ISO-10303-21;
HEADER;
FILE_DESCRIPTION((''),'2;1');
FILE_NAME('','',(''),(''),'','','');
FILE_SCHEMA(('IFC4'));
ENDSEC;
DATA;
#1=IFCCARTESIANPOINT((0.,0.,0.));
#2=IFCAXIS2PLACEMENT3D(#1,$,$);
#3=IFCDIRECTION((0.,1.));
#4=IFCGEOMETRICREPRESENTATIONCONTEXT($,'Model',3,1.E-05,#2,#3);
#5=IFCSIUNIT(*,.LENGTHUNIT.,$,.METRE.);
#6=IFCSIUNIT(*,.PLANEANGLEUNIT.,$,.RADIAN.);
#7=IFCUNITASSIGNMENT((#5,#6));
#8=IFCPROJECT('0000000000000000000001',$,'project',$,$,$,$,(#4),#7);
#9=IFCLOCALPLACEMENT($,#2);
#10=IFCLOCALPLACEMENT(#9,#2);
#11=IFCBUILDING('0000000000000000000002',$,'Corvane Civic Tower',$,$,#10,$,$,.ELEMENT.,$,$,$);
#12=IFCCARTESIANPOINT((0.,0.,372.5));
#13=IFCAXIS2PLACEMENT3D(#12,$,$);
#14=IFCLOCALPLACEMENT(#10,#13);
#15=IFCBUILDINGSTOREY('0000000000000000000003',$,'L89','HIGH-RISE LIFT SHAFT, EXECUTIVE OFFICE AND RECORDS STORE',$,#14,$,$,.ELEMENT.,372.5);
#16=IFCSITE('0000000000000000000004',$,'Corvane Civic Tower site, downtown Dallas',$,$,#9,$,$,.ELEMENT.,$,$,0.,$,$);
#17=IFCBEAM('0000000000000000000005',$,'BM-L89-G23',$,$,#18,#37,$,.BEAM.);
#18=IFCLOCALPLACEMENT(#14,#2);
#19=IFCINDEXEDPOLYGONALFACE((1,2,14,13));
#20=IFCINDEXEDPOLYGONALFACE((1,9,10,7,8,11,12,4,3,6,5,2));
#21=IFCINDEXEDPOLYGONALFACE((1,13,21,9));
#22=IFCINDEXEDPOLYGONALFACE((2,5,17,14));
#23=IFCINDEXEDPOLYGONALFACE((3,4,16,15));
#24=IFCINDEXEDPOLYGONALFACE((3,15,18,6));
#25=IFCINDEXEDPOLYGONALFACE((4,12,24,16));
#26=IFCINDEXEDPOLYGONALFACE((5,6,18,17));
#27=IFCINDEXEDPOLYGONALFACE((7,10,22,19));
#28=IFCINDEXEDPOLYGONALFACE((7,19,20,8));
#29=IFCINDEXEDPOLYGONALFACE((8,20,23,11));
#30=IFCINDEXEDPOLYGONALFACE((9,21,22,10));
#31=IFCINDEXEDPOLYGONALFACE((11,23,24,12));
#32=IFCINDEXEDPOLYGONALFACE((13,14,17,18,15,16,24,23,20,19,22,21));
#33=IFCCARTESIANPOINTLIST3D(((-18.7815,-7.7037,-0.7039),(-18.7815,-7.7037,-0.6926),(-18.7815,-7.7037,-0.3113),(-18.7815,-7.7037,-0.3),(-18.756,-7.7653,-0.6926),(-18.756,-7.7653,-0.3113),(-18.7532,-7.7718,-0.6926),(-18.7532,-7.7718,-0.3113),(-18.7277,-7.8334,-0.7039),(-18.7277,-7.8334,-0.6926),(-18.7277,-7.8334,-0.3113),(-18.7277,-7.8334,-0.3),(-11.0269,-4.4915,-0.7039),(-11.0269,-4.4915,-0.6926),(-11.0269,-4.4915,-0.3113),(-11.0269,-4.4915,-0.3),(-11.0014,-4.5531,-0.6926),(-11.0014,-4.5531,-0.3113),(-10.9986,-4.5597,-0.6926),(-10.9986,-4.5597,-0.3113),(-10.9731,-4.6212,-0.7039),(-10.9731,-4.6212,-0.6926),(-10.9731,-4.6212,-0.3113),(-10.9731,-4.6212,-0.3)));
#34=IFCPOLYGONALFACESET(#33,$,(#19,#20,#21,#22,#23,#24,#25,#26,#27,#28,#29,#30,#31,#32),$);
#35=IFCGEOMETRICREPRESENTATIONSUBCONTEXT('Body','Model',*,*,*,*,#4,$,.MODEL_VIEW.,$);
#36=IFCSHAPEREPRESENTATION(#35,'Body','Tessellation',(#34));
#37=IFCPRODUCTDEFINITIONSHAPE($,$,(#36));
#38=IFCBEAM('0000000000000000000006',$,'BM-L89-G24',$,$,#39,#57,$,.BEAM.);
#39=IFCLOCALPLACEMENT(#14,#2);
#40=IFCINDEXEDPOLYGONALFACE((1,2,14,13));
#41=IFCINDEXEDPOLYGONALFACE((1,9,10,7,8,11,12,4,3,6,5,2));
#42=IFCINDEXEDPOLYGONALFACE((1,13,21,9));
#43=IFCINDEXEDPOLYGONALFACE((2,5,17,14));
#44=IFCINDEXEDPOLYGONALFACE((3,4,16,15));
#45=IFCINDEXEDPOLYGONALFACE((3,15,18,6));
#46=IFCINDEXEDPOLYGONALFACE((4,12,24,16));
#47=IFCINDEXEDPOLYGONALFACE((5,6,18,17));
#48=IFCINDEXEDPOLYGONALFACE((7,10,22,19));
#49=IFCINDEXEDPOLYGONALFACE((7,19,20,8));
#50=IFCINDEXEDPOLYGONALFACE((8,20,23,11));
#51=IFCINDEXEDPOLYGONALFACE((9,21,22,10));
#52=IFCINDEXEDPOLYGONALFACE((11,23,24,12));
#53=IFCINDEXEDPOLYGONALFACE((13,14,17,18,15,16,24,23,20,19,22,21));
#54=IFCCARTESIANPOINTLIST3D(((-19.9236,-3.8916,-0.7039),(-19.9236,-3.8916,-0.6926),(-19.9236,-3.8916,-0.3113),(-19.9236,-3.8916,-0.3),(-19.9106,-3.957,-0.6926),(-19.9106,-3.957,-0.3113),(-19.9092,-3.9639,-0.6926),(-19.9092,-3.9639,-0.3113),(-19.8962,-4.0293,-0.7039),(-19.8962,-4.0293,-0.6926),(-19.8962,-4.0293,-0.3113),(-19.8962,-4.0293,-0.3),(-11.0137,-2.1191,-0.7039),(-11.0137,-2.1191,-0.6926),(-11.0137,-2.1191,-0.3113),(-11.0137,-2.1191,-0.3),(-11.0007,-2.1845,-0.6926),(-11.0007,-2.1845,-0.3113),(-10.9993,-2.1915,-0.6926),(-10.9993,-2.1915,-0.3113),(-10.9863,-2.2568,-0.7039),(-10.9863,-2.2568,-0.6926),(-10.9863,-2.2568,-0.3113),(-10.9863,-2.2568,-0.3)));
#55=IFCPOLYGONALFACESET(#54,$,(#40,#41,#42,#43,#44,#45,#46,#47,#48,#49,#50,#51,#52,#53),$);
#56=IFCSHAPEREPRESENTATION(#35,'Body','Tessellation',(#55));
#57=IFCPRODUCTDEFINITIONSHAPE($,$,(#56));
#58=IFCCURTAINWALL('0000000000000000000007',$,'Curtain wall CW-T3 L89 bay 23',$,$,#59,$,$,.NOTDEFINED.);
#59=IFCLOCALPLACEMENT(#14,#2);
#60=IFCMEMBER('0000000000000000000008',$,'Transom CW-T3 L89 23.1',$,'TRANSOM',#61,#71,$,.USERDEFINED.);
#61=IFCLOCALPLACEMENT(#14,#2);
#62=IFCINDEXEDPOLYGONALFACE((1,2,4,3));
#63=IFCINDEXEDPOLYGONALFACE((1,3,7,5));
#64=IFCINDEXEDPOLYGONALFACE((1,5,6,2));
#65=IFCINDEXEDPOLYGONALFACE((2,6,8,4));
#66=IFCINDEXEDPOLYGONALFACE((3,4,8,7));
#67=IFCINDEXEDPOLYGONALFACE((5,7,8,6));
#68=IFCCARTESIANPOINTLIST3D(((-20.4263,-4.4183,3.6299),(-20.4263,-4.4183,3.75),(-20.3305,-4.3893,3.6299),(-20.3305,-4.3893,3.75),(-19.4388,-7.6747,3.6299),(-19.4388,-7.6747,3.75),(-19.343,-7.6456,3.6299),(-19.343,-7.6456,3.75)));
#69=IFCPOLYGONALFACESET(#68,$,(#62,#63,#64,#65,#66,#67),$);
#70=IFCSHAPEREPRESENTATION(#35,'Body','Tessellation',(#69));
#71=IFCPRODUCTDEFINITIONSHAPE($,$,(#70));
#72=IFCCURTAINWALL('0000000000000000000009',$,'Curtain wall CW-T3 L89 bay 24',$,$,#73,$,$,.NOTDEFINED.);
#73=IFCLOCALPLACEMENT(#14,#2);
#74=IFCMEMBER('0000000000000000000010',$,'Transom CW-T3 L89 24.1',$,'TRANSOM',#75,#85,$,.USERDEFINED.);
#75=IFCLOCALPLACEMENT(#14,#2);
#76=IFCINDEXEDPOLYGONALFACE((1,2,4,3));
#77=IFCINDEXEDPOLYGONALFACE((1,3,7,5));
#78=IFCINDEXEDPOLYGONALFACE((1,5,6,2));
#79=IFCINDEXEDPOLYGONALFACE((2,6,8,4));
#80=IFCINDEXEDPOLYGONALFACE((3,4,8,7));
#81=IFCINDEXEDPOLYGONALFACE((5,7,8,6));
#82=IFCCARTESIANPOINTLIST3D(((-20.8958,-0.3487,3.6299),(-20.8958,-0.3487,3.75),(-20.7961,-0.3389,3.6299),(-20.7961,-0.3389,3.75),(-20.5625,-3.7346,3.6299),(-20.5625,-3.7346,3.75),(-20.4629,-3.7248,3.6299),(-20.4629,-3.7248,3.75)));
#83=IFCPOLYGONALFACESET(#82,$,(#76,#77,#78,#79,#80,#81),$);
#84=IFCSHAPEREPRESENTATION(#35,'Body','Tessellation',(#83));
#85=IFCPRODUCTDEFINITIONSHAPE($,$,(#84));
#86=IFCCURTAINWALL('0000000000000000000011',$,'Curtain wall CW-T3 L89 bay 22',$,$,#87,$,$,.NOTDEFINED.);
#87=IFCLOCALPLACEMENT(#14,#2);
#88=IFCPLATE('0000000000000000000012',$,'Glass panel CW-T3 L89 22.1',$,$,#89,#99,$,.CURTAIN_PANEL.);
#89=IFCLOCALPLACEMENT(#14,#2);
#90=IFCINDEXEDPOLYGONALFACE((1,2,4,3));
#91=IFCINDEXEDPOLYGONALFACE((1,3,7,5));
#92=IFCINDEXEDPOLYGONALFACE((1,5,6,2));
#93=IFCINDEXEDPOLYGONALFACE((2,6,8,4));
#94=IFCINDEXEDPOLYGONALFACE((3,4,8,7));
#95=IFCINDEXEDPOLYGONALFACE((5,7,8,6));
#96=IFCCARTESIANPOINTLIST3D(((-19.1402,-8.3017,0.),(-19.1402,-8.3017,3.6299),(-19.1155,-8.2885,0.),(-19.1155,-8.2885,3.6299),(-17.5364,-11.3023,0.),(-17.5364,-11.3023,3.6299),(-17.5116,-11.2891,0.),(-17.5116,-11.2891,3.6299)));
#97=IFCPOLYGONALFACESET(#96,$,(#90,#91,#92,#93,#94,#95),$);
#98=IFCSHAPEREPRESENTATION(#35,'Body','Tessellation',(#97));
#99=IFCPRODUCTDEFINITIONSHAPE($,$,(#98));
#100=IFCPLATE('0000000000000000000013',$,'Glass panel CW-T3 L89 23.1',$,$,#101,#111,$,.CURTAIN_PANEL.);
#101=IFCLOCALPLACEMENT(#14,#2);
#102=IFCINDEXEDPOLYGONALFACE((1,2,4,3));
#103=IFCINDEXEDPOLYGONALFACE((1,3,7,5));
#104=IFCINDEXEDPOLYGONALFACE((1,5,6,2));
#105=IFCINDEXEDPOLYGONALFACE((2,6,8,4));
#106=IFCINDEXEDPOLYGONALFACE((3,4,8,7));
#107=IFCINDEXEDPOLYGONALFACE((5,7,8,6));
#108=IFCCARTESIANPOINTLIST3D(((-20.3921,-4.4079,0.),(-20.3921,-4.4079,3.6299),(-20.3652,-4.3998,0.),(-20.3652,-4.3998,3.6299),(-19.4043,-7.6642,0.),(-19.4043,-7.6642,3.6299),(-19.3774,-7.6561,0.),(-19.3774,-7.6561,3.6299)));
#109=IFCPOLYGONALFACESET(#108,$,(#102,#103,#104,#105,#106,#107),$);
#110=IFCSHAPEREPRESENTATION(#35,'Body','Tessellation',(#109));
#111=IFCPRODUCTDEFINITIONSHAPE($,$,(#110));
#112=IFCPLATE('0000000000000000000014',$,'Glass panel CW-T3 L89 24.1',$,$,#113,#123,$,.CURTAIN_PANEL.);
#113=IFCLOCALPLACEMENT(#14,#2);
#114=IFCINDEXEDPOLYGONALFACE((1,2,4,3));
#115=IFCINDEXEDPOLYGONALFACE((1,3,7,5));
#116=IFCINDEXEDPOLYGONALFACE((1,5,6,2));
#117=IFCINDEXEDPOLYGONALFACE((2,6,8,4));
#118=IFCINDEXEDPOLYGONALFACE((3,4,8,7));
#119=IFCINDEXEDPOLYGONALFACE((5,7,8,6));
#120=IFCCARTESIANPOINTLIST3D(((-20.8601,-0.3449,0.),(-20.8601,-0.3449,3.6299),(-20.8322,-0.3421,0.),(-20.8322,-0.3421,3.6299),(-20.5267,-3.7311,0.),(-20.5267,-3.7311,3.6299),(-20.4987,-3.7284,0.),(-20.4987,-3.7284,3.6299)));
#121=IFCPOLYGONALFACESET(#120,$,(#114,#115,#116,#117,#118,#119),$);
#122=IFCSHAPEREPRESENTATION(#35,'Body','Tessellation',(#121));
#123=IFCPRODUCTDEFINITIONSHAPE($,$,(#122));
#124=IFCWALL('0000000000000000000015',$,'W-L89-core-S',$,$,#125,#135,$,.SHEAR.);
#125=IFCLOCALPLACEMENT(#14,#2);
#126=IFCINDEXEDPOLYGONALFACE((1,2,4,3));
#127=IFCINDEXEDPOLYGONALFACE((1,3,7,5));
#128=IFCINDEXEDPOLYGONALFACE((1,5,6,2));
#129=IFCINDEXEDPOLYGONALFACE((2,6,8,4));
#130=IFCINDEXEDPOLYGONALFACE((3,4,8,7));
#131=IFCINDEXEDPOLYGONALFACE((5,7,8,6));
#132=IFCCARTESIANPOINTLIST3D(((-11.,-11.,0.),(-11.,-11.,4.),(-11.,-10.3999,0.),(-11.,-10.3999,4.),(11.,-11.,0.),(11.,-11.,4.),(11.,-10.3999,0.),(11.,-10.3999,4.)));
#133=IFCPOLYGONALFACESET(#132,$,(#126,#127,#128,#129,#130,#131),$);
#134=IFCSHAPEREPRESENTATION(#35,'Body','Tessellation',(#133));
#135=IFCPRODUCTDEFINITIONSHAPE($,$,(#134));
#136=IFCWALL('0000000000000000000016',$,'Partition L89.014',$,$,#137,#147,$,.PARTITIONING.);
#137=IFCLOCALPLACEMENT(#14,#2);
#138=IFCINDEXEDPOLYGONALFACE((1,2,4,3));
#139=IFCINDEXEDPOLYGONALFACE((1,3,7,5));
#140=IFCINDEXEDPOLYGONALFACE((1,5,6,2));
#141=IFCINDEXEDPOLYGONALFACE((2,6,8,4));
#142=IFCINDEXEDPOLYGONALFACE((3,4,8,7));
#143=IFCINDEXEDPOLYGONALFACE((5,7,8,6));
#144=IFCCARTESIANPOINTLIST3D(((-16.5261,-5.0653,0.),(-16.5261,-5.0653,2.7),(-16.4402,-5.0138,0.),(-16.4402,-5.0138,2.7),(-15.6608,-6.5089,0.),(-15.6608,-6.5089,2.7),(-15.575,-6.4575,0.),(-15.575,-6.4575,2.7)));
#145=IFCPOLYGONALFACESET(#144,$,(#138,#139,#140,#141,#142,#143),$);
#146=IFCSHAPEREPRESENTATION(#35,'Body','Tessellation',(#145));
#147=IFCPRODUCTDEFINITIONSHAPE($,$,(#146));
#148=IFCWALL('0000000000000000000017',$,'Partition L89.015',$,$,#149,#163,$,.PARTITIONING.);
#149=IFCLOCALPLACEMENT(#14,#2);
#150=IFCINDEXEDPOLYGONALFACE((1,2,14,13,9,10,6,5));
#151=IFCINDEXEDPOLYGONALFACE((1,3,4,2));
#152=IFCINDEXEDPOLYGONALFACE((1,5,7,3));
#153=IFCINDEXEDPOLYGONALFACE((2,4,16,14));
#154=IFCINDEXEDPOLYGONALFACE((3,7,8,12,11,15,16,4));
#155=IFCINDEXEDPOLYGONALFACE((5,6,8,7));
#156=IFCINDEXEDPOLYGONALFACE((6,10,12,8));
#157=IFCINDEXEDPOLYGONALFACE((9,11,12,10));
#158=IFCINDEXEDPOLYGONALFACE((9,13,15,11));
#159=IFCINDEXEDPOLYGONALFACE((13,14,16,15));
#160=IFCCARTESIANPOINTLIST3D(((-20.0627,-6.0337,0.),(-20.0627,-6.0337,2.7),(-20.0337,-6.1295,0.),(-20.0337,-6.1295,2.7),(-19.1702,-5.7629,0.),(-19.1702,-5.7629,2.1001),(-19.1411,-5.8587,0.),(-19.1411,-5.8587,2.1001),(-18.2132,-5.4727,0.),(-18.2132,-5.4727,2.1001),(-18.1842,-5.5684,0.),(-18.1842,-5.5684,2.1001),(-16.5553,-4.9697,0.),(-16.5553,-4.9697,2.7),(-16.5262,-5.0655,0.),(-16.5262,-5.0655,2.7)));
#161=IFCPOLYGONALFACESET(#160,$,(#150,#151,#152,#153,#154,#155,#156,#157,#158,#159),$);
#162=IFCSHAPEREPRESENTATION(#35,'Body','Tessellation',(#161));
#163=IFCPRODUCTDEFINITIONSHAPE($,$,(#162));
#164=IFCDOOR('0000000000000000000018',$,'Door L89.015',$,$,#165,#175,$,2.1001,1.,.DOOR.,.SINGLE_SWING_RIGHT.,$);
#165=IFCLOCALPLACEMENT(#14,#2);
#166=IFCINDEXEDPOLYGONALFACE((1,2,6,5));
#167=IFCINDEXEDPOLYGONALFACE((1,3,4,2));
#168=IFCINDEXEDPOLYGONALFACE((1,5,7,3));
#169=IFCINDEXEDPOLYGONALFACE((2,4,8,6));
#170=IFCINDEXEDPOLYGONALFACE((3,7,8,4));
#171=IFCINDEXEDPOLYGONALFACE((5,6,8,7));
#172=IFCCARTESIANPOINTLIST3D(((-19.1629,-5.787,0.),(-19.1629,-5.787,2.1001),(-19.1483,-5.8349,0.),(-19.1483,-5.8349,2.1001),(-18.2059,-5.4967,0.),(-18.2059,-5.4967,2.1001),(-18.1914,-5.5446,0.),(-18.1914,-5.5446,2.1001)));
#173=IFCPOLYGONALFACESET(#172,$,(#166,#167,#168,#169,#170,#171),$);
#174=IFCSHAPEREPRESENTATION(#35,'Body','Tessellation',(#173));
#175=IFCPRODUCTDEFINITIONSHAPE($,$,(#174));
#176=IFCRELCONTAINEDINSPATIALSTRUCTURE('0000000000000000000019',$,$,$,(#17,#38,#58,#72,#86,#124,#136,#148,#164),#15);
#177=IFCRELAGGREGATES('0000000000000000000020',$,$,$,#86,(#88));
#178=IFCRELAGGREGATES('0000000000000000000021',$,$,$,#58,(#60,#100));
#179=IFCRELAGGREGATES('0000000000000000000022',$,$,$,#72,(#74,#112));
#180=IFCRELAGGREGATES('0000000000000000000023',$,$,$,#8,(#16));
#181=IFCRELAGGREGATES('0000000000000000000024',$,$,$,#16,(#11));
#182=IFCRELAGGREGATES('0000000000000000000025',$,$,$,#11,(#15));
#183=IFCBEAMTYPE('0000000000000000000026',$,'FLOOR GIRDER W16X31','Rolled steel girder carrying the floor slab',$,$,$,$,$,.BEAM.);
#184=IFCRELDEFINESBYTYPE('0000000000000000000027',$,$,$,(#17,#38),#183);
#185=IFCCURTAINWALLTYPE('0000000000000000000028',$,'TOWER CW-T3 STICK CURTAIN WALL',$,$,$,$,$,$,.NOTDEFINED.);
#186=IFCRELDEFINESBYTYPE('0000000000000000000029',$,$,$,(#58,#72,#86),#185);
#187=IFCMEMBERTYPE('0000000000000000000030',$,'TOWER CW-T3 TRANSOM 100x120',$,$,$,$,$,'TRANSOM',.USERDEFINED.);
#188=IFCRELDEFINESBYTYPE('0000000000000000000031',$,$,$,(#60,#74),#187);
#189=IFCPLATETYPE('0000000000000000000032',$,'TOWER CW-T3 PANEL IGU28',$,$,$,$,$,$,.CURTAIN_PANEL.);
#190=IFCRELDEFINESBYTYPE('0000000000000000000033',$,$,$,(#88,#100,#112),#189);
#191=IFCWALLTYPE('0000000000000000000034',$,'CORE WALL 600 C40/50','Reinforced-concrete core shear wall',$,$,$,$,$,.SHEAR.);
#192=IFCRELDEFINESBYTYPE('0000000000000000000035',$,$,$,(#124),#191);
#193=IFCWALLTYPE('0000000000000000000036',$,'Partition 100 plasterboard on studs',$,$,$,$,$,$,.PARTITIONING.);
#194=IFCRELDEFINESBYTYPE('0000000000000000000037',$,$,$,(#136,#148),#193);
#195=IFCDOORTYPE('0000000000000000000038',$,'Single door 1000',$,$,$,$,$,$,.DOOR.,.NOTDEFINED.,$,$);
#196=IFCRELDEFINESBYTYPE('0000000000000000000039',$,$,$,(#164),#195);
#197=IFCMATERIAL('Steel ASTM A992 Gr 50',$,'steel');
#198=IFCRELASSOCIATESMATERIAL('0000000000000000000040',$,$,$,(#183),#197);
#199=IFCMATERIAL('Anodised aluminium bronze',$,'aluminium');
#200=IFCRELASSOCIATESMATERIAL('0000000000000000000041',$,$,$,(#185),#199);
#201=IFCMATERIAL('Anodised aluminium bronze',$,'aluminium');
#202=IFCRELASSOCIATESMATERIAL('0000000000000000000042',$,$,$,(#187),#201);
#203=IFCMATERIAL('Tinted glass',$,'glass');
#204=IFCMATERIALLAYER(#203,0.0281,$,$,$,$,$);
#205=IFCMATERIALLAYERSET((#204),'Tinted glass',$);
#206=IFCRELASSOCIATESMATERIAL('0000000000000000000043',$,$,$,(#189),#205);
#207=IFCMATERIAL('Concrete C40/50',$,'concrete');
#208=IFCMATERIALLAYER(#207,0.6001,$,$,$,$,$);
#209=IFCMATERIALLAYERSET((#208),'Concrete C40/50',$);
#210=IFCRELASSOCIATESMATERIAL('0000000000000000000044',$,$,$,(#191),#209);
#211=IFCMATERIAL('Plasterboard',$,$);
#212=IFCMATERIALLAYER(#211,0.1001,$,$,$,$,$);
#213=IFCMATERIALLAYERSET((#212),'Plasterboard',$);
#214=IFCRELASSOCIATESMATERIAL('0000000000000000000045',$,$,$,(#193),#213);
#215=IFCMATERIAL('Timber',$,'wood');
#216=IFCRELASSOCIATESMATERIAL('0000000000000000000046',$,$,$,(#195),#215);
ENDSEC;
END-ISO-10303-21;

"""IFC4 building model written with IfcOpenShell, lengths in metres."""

from ifc_helpers import new_model, si_unit, direction, frame, frame_2d, origin, origin_2d, place, context, subcontext, project, spatial, rectangle, i_section, extrude, material, layer, layer_set, material_profile, profile_set, type_object, element, fill, aggregate, save


model = new_model("IFC4")

# Units and contexts
model_context = context("Model", 3, precision=1e-05, world=origin(), true_north=direction((0.0, 1.0)))
body_context = subcontext(model_context, "Body", "Model", "MODEL_VIEW")
ifc_project = project(units=[si_unit("LENGTHUNIT", "METRE"), si_unit("PLANEANGLEUNIT", "RADIAN")], contexts=[model_context])

# Site, building, storey
site_placement = place(None, origin())
site = spatial("IfcSite", under=ifc_project, at=site_placement, Name="Corvane Civic Tower site, downtown Dallas", CompositionType="ELEMENT", RefElevation=0.0)
building_placement = place(site_placement, origin())
building = spatial("IfcBuilding", under=site, at=building_placement, Name="Corvane Civic Tower", CompositionType="ELEMENT")
storey_placement = place(building_placement, frame((0.0, 0.0, 372.5)))
storey = spatial("IfcBuildingStorey", under=building, at=storey_placement, Name="L89", Description="HIGH-RISE LIFT SHAFT, EXECUTIVE OFFICE AND RECORDS STORE", CompositionType="ELEMENT", Elevation=372.5)

# Beams
ifc_material_1 = material(Name="Steel ASTM A992 Gr 50", Category="steel")
ifc_material_profile_1 = material_profile(ifc_material_1, i_section(OverallWidth=0.1404, OverallDepth=0.4038, WebThickness=0.0071, FlangeThickness=0.0112, at=origin_2d()), Name="W16X31")
ifc_profile_set_1 = profile_set([ifc_material_profile_1], Name="Steel ASTM A992 Gr 50")
beam_type_1 = type_object("IfcBeamType", Name="FLOOR GIRDER W16X31", Description="Rolled steel girder carrying the floor slab", PredefinedType="BEAM", material=ifc_profile_set_1)
beam_1_placement = place(storey_placement, frame((-11.0, -4.5564, -0.502), z_axis=(-0.923876, -0.382692, 0.0), x_axis=(0.382692, -0.923876, 0.0)))
element("IfcBeam", 1, at=beam_1_placement, inside=storey, type_object=beam_type_1, Name="BM-L89-G23", PredefinedType="BEAM", context=body_context, shape_type="SweptSolid", body=[
    extrude(i_section(OverallWidth=0.1404, OverallDepth=0.4038, WebThickness=0.0071, FlangeThickness=0.0112, at=origin_2d()), origin(), (0.0, 0.0, 1.0), 8.3936),
])
beam_2_placement = place(storey_placement, frame((-11.0, -2.188, -0.502), z_axis=(-0.980782, -0.195108, 0.0), x_axis=(0.195108, -0.980782, 0.0)))
element("IfcBeam", 2, at=beam_2_placement, inside=storey, type_object=beam_type_1, Name="BM-L89-G24", PredefinedType="BEAM", context=body_context, shape_type="SweptSolid", body=[
    extrude(i_section(OverallWidth=0.1404, OverallDepth=0.4038, WebThickness=0.0071, FlangeThickness=0.0112, at=origin_2d()), origin(), (0.0, 0.0, 1.0), 9.0845),
])

# Curtain walls, members
ifc_material_2 = material(Name="Anodised aluminium bronze", Category="aluminium")
curtain_wall_type = type_object("IfcCurtainWallType", Name="TOWER CW-T3 STICK CURTAIN WALL", PredefinedType="NOTDEFINED", material=ifc_material_2)
curtain_wall_1_placement = place(storey_placement, origin())
curtain_wall_1 = element("IfcCurtainWall", 3, at=curtain_wall_1_placement, inside=storey, type_object=curtain_wall_type, Name="Curtain wall CW-T3 L89 bay 23", PredefinedType="NOTDEFINED")
ifc_material_3 = material(Name="Anodised aluminium bronze", Category="aluminium")
ifc_material_profile_2 = material_profile(ifc_material_3, rectangle(XDim=0.1001, YDim=0.1201, at=origin_2d()), Name="TOWER CW-T3 TRANSOM 100x120")
ifc_profile_set_2 = profile_set([ifc_material_profile_2], Name="Anodised aluminium bronze")
member_type = type_object("IfcMemberType", Name="TOWER CW-T3 TRANSOM 100x120", ElementType="TRANSOM", PredefinedType="USERDEFINED", material=ifc_profile_set_2)
member_1_placement = place(storey_placement, frame((-19.3909, -7.6602, 3.6899), z_axis=(-0.290216, 0.956961, 0.0), x_axis=(-0.956961, -0.290216, 0.0)))
member_1 = element("IfcMember", 4, at=member_1_placement, type_object=member_type, Name="Transom CW-T3 L89 23.1", ObjectType="TRANSOM", PredefinedType="USERDEFINED", context=body_context, shape_type="SweptSolid", body=[
    extrude(rectangle(XDim=0.1001, YDim=0.1201, at=origin_2d()), origin(), (0.0, 0.0, 1.0), 3.4028),
])
curtain_wall_2_placement = place(storey_placement, origin())
curtain_wall_2 = element("IfcCurtainWall", 5, at=curtain_wall_2_placement, inside=storey, type_object=curtain_wall_type, Name="Curtain wall CW-T3 L89 bay 24", PredefinedType="NOTDEFINED")
member_2_placement = place(storey_placement, frame((-20.5127, -3.7297, 3.6899), z_axis=(-0.097948, 0.995192, 0.0), x_axis=(-0.995192, -0.097948, 0.0)))
member_2 = element("IfcMember", 6, at=member_2_placement, type_object=member_type, Name="Transom CW-T3 L89 24.1", ObjectType="TRANSOM", PredefinedType="USERDEFINED", context=body_context, shape_type="SweptSolid", body=[
    extrude(rectangle(XDim=0.1001, YDim=0.1201, at=origin_2d()), origin(), (0.0, 0.0, 1.0), 3.4023),
])

# Curtain wall, plate
curtain_wall_3_placement = place(storey_placement, origin())
curtain_wall_3 = element("IfcCurtainWall", 7, at=curtain_wall_3_placement, inside=storey, type_object=curtain_wall_type, Name="Curtain wall CW-T3 L89 bay 22", PredefinedType="NOTDEFINED")
ifc_material_4 = material(Name="Tinted glass", Category="glass")
ifc_layer_1 = layer(ifc_material_4, 0.0281)
ifc_layer_set_1 = layer_set([ifc_layer_1], Name="Tinted glass")
plate_type = type_object("IfcPlateType", Name="TOWER CW-T3 PANEL IGU28", PredefinedType="CURTAIN_PANEL", material=ifc_layer_set_1)
plate_1_placement = place(storey_placement, frame((-18.3259, -9.7954, 0.0), z_axis=(0.0, 0.0, 1.0), x_axis=(-0.471384, 0.881928, 0.0)))
plate_1 = element("IfcPlate", 8, at=plate_1_placement, type_object=plate_type, Name="Glass panel CW-T3 L89 22.1", PredefinedType="CURTAIN_PANEL", context=body_context, shape_type="SweptSolid", body=[
    extrude(rectangle(XDim=3.4023, YDim=0.0281, at=origin_2d()), origin(), (0.0, 0.0, 1.0), 3.6299),
])
aggregate(curtain_wall_3, [plate_1])

# Plates
plate_2_placement = place(storey_placement, frame((-19.8848, -6.032, 0.0), z_axis=(0.0, 0.0, 1.0), x_axis=(-0.29029, 0.956939, 0.0)))
plate_2 = element("IfcPlate", 9, at=plate_2_placement, type_object=plate_type, Name="Glass panel CW-T3 L89 23.1", PredefinedType="CURTAIN_PANEL", context=body_context, shape_type="SweptSolid", body=[
    extrude(rectangle(XDim=3.4028, YDim=0.0281, at=origin_2d()), origin(), (0.0, 0.0, 1.0), 3.6299),
])
aggregate(curtain_wall_1, [member_1, plate_2])
plate_3_placement = place(storey_placement, frame((-20.6794, -2.0366, 0.0), z_axis=(0.0, 0.0, 1.0), x_axis=(-0.097998, 0.995187, 0.0)))
plate_3 = element("IfcPlate", 10, at=plate_3_placement, type_object=plate_type, Name="Glass panel CW-T3 L89 24.1", PredefinedType="CURTAIN_PANEL", context=body_context, shape_type="SweptSolid", body=[
    extrude(rectangle(XDim=3.4026, YDim=0.0281, at=origin_2d()), origin(), (0.0, 0.0, 1.0), 3.6299),
])
aggregate(curtain_wall_2, [member_2, plate_3])

# Walls
ifc_material_5 = material(Name="Concrete C40/50", Category="concrete")
ifc_layer_2 = layer(ifc_material_5, 0.6001)
ifc_layer_set_2 = layer_set([ifc_layer_2], Name="Concrete C40/50")
wall_type_1 = type_object("IfcWallType", Name="CORE WALL 600 C40/50", Description="Reinforced-concrete core shear wall", PredefinedType="SHEAR", material=ifc_layer_set_2)
wall_1_placement = place(storey_placement, frame((-11.0, -10.7, 0.0), z_axis=(0.0, 0.0, 1.0), x_axis=(1.0, 0.0, 0.0)))
element("IfcWall", 11, at=wall_1_placement, inside=storey, type_object=wall_type_1, Name="W-L89-core-S", PredefinedType="SHEAR", context=body_context, shape_type="SweptSolid", body=[
    extrude(rectangle(XDim=22.0, YDim=0.6001, at=frame_2d((11.0, 0.0))), origin(), (0.0, 0.0, 1.0), 4.0),
])
ifc_material_6 = material(Name="Plasterboard")
ifc_layer_3 = layer(ifc_material_6, 0.1001)
ifc_layer_set_3 = layer_set([ifc_layer_3], Name="Plasterboard")
wall_type_2 = type_object("IfcWallType", Name="Partition 100 plasterboard on studs", PredefinedType="PARTITIONING", material=ifc_layer_set_3)
wall_2_placement = place(storey_placement, frame((-16.4832, -5.0396, 0.0), z_axis=(0.0, 0.0, 1.0), x_axis=(0.51409, -0.857736, 0.0)))
element("IfcWall", 12, at=wall_2_placement, inside=storey, type_object=wall_type_2, Name="Partition L89.014", PredefinedType="PARTITIONING", context=body_context, shape_type="SweptSolid", body=[
    extrude(rectangle(XDim=1.6831, YDim=0.1001, at=frame_2d((0.8416, 0.0))), origin(), (0.0, 0.0, 1.0), 2.7),
])

# Wall, opening, door
wall_3_placement = place(storey_placement, frame((-20.0481, -6.0815, 0.0), z_axis=(0.0, 0.0, 1.0), x_axis=(0.956944, 0.290274, 0.0)))
wall_3 = element("IfcWall", 13, at=wall_3_placement, inside=storey, type_object=wall_type_2, Name="Partition L89.015", PredefinedType="PARTITIONING", context=body_context, shape_type="SweptSolid", body=[
    extrude(rectangle(XDim=3.6653, YDim=0.1001, at=frame_2d((1.8325, 0.0))), origin(), (0.0, 0.0, 1.0), 2.7),
])
opening_placement = place(wall_3_placement, frame((0.9326, 0.0, 0.0)))
opening = element("IfcOpeningElement", 14, at=opening_placement, cuts=wall_3, PredefinedType="OPENING", context=body_context, shape_type="SweptSolid", body=[
    extrude(rectangle(XDim=1.0, YDim=2.1001, at=frame_2d((0.5, 1.05))), frame((0.0, 0.0601, 0.0), z_axis=(0.0, -1.0, 0.0), x_axis=(1.0, 0.0, 0.0)), (0.0, 0.0, 1.0), 0.1201),
])
ifc_material_7 = material(Name="Timber", Category="wood")
door_type = type_object("IfcDoorType", Name="Single door 1000", OperationType="NOTDEFINED", PredefinedType="DOOR", material=ifc_material_7)
door_placement = place(opening_placement, origin())
door = element("IfcDoor", 15, at=door_placement, inside=storey, type_object=door_type, Name="Door L89.015", OperationType="SINGLE_SWING_RIGHT", OverallHeight=2.1001, OverallWidth=1.0, PredefinedType="DOOR", context=body_context, shape_type="SweptSolid", body=[
    extrude(rectangle(XDim=1.0, YDim=2.1001, at=frame_2d((0.5, 1.05))), frame((0.0, 0.0249, 0.0), z_axis=(0.0, -1.0, 0.0), x_axis=(1.0, 0.0, 0.0)), (0.0, 0.0, 1.0), 0.05),
])
fill(opening, door)

save(model, "model.ifc")
